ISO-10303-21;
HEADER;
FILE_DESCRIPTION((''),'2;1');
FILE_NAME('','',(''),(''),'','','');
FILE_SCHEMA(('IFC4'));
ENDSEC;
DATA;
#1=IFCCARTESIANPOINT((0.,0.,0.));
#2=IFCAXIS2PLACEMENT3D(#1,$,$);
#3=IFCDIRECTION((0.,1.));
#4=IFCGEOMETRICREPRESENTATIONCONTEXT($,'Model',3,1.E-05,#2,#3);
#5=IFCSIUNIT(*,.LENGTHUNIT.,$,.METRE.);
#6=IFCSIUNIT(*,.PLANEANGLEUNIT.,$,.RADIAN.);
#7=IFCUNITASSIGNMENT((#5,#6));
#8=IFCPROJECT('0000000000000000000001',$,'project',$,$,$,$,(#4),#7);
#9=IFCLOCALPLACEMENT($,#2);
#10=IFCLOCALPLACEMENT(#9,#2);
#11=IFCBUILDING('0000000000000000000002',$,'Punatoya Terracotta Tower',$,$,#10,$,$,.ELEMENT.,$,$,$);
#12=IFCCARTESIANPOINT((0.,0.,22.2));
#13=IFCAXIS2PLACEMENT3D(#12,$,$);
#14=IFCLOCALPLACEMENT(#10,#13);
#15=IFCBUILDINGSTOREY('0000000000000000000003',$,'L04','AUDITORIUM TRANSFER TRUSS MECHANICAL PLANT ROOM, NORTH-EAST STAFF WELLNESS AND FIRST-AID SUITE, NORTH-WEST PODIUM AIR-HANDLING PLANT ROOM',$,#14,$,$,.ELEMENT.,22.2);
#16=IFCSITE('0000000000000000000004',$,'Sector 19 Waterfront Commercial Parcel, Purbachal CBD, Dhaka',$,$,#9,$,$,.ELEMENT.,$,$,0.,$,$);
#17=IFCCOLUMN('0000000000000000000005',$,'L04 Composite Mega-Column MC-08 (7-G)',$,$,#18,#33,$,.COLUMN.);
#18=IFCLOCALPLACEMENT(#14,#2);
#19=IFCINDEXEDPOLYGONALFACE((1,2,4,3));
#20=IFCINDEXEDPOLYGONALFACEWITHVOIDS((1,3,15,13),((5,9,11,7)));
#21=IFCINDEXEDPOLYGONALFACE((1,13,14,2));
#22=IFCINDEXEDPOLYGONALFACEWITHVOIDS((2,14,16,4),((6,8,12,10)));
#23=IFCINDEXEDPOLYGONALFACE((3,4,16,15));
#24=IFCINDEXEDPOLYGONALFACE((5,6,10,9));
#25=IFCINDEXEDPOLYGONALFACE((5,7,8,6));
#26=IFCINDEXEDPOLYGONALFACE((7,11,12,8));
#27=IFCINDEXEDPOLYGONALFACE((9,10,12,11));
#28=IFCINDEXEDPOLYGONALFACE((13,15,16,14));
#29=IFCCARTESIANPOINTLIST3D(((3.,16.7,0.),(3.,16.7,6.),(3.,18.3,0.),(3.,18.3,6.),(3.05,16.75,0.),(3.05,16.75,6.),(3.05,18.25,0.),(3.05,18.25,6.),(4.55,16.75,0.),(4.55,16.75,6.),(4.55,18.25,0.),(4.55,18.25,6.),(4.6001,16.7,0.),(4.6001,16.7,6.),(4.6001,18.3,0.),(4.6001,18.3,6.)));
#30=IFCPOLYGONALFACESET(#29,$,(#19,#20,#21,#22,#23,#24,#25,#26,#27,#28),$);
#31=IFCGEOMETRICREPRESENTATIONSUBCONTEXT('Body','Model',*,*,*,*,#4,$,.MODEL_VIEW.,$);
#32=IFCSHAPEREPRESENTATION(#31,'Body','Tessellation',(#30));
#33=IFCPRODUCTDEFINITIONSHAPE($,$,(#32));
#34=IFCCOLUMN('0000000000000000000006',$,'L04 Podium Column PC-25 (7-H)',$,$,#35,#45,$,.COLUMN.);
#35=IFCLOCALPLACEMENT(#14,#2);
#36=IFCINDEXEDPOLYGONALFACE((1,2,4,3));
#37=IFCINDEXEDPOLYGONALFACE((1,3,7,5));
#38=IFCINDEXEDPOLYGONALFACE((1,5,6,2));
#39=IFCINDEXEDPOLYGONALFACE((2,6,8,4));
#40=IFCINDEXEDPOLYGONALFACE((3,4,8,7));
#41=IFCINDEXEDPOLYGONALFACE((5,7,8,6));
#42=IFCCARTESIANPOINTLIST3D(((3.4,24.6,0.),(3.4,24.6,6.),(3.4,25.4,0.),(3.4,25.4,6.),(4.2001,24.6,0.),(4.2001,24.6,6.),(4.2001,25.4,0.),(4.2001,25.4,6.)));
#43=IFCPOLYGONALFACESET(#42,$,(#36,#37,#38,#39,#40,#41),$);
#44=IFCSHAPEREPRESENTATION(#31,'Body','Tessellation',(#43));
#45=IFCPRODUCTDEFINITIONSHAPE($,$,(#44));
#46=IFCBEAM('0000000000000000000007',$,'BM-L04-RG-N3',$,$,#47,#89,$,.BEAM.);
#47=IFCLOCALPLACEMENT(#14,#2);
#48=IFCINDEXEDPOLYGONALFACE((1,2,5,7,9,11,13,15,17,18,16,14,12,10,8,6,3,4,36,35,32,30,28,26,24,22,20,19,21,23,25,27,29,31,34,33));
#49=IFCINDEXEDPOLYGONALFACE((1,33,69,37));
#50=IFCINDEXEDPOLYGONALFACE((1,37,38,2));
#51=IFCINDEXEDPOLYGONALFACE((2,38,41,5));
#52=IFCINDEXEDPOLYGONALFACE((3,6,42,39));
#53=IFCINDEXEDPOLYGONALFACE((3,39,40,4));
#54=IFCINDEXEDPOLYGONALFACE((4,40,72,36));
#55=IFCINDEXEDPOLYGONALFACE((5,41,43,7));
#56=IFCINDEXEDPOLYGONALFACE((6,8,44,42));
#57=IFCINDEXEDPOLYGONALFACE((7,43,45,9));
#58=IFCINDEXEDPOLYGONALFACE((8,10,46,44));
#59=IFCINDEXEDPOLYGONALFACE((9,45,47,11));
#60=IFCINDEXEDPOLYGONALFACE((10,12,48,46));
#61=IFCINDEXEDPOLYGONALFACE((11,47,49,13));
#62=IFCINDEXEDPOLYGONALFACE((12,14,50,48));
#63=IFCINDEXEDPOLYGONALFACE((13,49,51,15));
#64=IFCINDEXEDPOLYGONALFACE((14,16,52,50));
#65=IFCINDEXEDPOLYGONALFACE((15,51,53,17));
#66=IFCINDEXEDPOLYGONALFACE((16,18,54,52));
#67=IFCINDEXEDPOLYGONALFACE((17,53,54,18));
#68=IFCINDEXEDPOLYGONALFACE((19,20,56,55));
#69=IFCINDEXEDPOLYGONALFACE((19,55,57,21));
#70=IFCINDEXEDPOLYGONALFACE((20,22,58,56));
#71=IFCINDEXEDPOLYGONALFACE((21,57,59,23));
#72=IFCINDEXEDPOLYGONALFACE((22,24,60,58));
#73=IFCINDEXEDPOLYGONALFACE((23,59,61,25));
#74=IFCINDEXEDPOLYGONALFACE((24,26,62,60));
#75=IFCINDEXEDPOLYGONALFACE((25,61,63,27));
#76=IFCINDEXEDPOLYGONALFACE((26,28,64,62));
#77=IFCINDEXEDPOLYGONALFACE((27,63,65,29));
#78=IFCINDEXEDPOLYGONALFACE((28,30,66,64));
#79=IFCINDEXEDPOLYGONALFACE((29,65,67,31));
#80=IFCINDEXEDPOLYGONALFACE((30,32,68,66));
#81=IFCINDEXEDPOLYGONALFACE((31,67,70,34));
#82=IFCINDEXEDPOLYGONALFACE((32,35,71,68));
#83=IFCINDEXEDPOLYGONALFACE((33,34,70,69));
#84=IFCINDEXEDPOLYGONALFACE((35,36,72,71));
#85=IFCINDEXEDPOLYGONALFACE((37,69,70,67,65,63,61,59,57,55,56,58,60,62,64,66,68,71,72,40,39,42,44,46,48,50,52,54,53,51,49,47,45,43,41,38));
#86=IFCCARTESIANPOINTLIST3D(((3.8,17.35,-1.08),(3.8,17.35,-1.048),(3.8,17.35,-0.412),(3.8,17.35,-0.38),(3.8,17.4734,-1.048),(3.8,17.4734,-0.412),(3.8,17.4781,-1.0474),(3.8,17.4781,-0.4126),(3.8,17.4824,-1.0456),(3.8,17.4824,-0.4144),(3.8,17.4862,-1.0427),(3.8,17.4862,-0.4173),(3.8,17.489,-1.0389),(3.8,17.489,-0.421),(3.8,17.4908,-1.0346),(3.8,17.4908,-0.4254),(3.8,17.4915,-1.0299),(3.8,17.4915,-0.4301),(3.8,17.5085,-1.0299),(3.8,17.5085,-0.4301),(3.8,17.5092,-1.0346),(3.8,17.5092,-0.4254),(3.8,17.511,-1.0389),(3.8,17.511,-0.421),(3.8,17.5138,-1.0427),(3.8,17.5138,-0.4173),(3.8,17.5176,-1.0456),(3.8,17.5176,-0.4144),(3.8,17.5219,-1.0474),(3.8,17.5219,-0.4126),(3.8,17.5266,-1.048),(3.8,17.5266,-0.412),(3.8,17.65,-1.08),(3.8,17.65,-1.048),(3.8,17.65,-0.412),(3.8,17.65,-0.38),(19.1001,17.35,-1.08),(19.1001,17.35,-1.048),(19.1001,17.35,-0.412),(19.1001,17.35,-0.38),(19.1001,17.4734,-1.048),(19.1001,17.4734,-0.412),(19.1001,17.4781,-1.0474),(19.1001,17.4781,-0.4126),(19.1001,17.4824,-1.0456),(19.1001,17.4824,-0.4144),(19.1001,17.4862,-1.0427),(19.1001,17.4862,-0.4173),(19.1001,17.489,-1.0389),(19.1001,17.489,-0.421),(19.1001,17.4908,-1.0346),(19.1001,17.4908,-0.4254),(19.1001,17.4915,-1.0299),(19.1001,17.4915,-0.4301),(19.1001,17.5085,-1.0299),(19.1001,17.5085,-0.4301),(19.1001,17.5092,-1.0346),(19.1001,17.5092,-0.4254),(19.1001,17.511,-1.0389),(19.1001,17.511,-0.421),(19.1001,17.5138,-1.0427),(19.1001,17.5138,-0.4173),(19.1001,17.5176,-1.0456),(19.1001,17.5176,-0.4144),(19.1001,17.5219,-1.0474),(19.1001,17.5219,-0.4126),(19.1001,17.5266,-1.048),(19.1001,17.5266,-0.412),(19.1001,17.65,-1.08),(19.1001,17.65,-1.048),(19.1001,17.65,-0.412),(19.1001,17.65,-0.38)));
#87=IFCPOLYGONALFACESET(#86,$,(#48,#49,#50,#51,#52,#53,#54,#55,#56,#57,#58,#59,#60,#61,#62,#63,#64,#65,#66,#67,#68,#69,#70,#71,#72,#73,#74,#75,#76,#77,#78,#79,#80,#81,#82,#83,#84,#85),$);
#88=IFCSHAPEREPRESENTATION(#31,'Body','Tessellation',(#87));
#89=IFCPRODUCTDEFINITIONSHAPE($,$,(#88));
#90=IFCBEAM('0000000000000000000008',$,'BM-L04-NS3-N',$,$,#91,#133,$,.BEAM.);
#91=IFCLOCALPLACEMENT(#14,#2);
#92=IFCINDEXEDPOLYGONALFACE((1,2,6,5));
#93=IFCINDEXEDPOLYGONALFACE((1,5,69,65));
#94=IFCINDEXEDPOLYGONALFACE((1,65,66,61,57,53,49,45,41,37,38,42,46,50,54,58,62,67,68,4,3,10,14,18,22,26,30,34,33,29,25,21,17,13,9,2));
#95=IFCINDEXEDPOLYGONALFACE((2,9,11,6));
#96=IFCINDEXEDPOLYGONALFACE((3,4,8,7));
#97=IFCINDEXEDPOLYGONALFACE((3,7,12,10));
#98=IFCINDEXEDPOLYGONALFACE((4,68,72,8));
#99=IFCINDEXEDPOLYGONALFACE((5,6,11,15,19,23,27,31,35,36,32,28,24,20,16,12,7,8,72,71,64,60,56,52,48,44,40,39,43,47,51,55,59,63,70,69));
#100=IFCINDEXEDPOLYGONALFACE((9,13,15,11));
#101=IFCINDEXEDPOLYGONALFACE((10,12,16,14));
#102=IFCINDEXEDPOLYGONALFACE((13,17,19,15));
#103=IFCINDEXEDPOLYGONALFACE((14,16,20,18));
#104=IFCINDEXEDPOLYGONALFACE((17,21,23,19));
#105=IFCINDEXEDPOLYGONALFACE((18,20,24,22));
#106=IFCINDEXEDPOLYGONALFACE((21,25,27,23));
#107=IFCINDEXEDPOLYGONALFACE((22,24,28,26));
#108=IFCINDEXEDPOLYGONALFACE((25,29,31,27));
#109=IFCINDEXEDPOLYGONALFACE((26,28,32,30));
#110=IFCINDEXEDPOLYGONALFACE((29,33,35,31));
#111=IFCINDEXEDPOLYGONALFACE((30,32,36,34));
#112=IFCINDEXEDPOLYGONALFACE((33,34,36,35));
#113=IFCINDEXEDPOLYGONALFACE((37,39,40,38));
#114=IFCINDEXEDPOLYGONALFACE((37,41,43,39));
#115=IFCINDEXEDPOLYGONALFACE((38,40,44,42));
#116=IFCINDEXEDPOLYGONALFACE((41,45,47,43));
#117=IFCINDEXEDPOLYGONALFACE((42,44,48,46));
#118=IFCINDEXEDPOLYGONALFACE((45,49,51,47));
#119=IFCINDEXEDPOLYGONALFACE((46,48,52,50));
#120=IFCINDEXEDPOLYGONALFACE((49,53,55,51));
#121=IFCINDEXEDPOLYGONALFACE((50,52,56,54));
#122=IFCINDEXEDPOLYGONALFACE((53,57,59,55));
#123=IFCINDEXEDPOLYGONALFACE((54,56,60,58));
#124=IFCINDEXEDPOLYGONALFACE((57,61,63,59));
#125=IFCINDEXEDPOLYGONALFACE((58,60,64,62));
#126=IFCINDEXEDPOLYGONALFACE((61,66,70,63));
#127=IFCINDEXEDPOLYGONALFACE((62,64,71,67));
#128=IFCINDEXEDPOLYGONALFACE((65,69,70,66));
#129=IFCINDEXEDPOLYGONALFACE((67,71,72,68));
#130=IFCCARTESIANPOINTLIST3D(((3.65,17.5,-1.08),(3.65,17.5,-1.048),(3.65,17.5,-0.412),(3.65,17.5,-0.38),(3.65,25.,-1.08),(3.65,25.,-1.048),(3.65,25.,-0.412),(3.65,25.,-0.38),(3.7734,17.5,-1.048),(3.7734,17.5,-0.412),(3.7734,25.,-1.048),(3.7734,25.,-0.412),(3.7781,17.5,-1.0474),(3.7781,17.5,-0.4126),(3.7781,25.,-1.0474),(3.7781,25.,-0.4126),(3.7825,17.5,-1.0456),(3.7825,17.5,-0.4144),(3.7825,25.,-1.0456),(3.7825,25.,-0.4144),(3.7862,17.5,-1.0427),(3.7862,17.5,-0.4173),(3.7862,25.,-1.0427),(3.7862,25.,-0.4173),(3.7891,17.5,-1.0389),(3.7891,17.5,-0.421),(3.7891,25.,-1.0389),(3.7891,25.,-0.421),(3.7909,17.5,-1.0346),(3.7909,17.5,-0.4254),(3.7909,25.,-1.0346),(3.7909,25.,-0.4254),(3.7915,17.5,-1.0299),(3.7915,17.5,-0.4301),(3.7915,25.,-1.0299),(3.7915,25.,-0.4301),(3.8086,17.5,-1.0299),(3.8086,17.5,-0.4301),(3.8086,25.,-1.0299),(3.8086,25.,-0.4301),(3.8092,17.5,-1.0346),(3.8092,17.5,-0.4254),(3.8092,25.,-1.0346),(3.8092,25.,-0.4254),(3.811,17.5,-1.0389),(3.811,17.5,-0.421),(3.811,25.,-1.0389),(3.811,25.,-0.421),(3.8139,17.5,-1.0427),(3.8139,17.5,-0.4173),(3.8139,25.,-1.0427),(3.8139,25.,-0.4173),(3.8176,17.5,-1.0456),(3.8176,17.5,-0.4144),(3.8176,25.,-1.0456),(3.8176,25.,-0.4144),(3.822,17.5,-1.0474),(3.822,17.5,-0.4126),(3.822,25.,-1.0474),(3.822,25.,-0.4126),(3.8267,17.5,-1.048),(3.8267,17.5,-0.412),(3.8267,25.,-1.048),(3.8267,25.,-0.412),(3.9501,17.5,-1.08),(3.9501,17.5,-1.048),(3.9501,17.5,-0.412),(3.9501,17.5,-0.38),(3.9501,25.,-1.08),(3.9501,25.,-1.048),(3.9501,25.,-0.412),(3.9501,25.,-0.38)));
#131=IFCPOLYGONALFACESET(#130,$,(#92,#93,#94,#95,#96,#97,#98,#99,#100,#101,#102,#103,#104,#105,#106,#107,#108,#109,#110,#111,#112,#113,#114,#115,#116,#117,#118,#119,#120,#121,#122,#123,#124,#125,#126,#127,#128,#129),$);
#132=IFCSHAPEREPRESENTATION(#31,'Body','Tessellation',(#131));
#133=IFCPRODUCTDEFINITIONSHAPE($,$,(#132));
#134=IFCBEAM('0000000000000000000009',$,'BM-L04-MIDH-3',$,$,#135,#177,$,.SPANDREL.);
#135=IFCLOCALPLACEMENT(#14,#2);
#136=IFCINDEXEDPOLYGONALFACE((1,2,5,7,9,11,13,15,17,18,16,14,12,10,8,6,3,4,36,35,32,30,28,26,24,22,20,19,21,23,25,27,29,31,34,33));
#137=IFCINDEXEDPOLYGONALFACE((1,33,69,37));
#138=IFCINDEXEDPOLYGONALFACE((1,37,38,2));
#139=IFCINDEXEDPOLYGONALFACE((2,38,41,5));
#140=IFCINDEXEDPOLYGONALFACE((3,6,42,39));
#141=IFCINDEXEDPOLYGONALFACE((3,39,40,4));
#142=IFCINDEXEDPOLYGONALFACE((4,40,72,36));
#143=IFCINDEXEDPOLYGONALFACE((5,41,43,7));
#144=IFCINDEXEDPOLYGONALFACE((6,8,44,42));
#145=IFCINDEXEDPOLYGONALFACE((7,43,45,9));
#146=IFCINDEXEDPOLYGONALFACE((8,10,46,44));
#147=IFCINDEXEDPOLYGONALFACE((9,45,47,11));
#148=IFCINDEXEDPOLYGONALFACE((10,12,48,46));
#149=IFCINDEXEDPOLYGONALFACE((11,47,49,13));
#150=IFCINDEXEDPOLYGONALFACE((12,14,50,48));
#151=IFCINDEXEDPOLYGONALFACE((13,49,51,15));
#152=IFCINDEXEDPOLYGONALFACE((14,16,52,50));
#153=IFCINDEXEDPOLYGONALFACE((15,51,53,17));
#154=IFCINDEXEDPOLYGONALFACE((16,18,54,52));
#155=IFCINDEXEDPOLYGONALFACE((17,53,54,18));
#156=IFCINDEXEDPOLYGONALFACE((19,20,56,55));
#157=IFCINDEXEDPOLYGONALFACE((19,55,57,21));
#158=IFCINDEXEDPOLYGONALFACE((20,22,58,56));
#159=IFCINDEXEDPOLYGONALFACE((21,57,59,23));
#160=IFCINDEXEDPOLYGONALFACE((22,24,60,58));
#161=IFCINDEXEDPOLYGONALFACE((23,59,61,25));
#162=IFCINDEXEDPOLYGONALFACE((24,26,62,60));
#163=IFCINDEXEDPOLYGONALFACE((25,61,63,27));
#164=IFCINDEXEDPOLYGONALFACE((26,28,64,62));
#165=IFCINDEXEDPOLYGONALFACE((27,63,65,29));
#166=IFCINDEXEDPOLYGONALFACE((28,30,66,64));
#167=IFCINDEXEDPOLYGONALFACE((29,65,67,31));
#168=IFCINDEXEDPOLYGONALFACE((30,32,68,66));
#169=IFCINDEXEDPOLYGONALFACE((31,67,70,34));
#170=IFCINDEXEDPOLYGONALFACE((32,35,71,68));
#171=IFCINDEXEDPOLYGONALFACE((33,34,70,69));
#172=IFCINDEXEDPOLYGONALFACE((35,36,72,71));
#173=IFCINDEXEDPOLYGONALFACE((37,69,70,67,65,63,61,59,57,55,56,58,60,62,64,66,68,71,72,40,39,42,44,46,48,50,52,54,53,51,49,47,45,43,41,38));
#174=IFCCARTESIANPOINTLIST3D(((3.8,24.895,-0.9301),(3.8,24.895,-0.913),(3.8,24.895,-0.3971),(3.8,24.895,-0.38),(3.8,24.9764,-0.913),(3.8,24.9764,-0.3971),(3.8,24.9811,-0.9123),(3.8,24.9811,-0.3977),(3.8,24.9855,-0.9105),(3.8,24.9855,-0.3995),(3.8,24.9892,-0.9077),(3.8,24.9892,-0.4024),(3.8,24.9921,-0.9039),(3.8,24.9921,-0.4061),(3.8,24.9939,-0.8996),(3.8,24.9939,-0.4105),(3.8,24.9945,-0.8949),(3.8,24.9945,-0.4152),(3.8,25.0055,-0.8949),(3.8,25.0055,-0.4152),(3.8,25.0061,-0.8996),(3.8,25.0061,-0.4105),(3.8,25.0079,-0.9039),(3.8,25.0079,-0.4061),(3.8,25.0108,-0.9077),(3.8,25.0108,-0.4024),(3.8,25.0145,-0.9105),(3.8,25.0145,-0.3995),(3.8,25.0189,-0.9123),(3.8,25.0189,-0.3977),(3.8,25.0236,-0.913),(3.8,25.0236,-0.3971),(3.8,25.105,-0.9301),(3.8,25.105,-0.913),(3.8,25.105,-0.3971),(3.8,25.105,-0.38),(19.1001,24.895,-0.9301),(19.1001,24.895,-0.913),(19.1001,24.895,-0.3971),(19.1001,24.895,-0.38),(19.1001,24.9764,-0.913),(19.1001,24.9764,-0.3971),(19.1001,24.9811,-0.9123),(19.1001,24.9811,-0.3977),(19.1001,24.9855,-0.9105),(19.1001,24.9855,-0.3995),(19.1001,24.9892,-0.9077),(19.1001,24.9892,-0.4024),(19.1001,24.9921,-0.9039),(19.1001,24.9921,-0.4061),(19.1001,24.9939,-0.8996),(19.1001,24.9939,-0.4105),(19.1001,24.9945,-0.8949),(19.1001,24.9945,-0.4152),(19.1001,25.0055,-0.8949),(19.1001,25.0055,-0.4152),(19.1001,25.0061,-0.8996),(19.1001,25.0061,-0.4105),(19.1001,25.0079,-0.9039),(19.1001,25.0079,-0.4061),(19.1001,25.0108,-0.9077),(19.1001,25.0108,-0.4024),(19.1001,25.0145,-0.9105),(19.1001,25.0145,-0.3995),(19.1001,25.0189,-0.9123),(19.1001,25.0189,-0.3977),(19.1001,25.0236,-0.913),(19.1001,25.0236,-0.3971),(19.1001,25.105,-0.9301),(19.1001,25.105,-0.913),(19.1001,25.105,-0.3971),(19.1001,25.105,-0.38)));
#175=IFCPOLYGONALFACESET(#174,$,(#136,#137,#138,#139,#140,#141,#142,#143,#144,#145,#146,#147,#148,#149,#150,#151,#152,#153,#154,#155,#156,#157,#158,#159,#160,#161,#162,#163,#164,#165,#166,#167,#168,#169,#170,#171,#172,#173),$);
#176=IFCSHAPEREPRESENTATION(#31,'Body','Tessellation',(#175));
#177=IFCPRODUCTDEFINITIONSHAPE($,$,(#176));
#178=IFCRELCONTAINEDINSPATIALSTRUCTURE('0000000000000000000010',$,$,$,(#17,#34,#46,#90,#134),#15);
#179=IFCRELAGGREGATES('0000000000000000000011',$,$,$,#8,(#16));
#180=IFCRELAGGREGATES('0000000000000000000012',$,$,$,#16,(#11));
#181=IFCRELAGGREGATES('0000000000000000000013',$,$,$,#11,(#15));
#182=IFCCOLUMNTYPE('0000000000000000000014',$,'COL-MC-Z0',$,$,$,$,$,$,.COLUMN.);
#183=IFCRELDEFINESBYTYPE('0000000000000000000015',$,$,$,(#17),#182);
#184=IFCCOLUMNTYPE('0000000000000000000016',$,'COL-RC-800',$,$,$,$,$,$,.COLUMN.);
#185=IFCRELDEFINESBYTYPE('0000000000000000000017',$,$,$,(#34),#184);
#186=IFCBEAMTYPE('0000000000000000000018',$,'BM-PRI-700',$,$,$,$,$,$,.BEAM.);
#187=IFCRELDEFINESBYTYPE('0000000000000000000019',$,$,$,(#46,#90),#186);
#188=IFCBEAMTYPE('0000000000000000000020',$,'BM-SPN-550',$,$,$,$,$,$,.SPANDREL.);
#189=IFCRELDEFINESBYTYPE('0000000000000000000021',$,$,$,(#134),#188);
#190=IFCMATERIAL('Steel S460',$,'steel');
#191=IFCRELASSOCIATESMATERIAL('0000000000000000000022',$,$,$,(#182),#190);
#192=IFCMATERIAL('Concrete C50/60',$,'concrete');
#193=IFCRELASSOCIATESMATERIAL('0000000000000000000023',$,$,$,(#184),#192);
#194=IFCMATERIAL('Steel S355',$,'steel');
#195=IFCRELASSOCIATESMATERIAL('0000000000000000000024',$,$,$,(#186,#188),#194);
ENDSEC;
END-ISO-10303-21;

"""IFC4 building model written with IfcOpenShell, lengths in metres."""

from ifc_helpers import new_model, si_unit, direction, frame, origin, origin_2d, place, context, subcontext, project, spatial, rectangle, hollow_rectangle, i_section, extrude, material, material_profile, profile_set, type_object, element, save


model = new_model("IFC4")

# Units and contexts
model_context = context("Model", 3, precision=1e-05, world=origin(), true_north=direction((0.0, 1.0)))
body_context = subcontext(model_context, "Body", "Model", "MODEL_VIEW")
ifc_project = project(units=[si_unit("LENGTHUNIT", "METRE"), si_unit("PLANEANGLEUNIT", "RADIAN")], contexts=[model_context])

# Site, building, storey
site_placement = place(None, origin())
site = spatial("IfcSite", under=ifc_project, at=site_placement, Name="Sector 19 Waterfront Commercial Parcel, Purbachal CBD, Dhaka", CompositionType="ELEMENT", RefElevation=0.0)
building_placement = place(site_placement, origin())
building = spatial("IfcBuilding", under=site, at=building_placement, Name="Punatoya Terracotta Tower", CompositionType="ELEMENT")
storey_placement = place(building_placement, frame((0.0, 0.0, 22.2)))
storey = spatial("IfcBuildingStorey", under=building, at=storey_placement, Name="L04", Description="AUDITORIUM TRANSFER TRUSS MECHANICAL PLANT ROOM, NORTH-EAST STAFF WELLNESS AND FIRST-AID SUITE, NORTH-WEST PODIUM AIR-HANDLING PLANT ROOM", CompositionType="ELEMENT", Elevation=22.2)

# Columns
ifc_material_1 = material(Name="Steel S460", Category="steel")
ifc_material_profile_1 = material_profile(ifc_material_1, hollow_rectangle(XDim=1.6001, YDim=1.6001, WallThickness=0.05, at=origin_2d()))
ifc_profile_set_1 = profile_set([ifc_material_profile_1], Name="Steel S460")
column_type_1 = type_object("IfcColumnType", Name="COL-MC-Z0", PredefinedType="COLUMN", material=ifc_profile_set_1)
column_1_placement = place(storey_placement, frame((3.8, 17.5, 0.0), z_axis=(0.0, 0.0, 1.0), x_axis=(1.0, 0.0, 0.0)))
element("IfcColumn", 1, at=column_1_placement, inside=storey, type_object=column_type_1, Name="L04 Composite Mega-Column MC-08 (7-G)", PredefinedType="COLUMN", context=body_context, shape_type="SweptSolid", body=[
    extrude(hollow_rectangle(XDim=1.6001, YDim=1.6001, WallThickness=0.05, at=origin_2d()), origin(), (0.0, 0.0, 1.0), 6.0),
])
ifc_material_2 = material(Name="Concrete C50/60", Category="concrete")
ifc_material_profile_2 = material_profile(ifc_material_2, rectangle(XDim=0.8, YDim=0.8, at=origin_2d()))
ifc_profile_set_2 = profile_set([ifc_material_profile_2], Name="Concrete C50/60")
column_type_2 = type_object("IfcColumnType", Name="COL-RC-800", PredefinedType="COLUMN", material=ifc_profile_set_2)
column_2_placement = place(storey_placement, frame((3.8, 25.0, 0.0), z_axis=(0.0, 0.0, 1.0), x_axis=(1.0, 0.0, 0.0)))
element("IfcColumn", 2, at=column_2_placement, inside=storey, type_object=column_type_2, Name="L04 Podium Column PC-25 (7-H)", PredefinedType="COLUMN", context=body_context, shape_type="SweptSolid", body=[
    extrude(rectangle(XDim=0.8, YDim=0.8, at=origin_2d()), origin(), (0.0, 0.0, 1.0), 6.0),
])

# Beams
ifc_material_3 = material(Name="Steel S355", Category="steel")
ifc_material_profile_3 = material_profile(ifc_material_3, i_section(OverallWidth=0.3, OverallDepth=0.7, WebThickness=0.0171, FlangeThickness=0.032, FilletRadius=0.0181, at=origin_2d()))
ifc_profile_set_3 = profile_set([ifc_material_profile_3], Name="Steel S355")
beam_type_1 = type_object("IfcBeamType", Name="BM-PRI-700", PredefinedType="BEAM", material=ifc_profile_set_3)
beam_1_placement = place(storey_placement, frame((3.8, 17.5, -0.73), z_axis=(1.0, 0.0, 0.0), x_axis=(0.0, 1.0, 0.0)))
element("IfcBeam", 3, at=beam_1_placement, inside=storey, type_object=beam_type_1, Name="BM-L04-RG-N3", PredefinedType="BEAM", context=body_context, shape_type="SweptSolid", body=[
    extrude(i_section(OverallWidth=0.3, OverallDepth=0.7, WebThickness=0.0171, FlangeThickness=0.032, FilletRadius=0.0181, at=origin_2d()), origin(), (0.0, 0.0, 1.0), 15.3),
])
beam_2_placement = place(storey_placement, frame((3.8, 17.5, -0.73), z_axis=(0.0, 1.0, 0.0), x_axis=(-1.0, 0.0, 0.0)))
element("IfcBeam", 4, at=beam_2_placement, inside=storey, type_object=beam_type_1, Name="BM-L04-NS3-N", PredefinedType="BEAM", context=body_context, shape_type="SweptSolid", body=[
    extrude(i_section(OverallWidth=0.3, OverallDepth=0.7, WebThickness=0.0171, FlangeThickness=0.032, FilletRadius=0.0181, at=origin_2d()), origin(), (0.0, 0.0, 1.0), 7.5),
])
ifc_material_profile_4 = material_profile(ifc_material_3, i_section(OverallWidth=0.21, OverallDepth=0.55, WebThickness=0.011, FlangeThickness=0.0171, FilletRadius=0.0181, at=origin_2d()))
ifc_profile_set_4 = profile_set([ifc_material_profile_4], Name="Steel S355")
beam_type_2 = type_object("IfcBeamType", Name="BM-SPN-550", PredefinedType="SPANDREL", material=ifc_profile_set_4)
beam_3_placement = place(storey_placement, frame((3.8, 25.0, -0.655), z_axis=(1.0, 0.0, 0.0), x_axis=(0.0, 1.0, 0.0)))
element("IfcBeam", 5, at=beam_3_placement, inside=storey, type_object=beam_type_2, Name="BM-L04-MIDH-3", PredefinedType="SPANDREL", context=body_context, shape_type="SweptSolid", body=[
    extrude(i_section(OverallWidth=0.21, OverallDepth=0.55, WebThickness=0.011, FlangeThickness=0.0171, FilletRadius=0.0181, at=origin_2d()), origin(), (0.0, 0.0, 1.0), 15.3),
])

save(model, "model.ifc")
